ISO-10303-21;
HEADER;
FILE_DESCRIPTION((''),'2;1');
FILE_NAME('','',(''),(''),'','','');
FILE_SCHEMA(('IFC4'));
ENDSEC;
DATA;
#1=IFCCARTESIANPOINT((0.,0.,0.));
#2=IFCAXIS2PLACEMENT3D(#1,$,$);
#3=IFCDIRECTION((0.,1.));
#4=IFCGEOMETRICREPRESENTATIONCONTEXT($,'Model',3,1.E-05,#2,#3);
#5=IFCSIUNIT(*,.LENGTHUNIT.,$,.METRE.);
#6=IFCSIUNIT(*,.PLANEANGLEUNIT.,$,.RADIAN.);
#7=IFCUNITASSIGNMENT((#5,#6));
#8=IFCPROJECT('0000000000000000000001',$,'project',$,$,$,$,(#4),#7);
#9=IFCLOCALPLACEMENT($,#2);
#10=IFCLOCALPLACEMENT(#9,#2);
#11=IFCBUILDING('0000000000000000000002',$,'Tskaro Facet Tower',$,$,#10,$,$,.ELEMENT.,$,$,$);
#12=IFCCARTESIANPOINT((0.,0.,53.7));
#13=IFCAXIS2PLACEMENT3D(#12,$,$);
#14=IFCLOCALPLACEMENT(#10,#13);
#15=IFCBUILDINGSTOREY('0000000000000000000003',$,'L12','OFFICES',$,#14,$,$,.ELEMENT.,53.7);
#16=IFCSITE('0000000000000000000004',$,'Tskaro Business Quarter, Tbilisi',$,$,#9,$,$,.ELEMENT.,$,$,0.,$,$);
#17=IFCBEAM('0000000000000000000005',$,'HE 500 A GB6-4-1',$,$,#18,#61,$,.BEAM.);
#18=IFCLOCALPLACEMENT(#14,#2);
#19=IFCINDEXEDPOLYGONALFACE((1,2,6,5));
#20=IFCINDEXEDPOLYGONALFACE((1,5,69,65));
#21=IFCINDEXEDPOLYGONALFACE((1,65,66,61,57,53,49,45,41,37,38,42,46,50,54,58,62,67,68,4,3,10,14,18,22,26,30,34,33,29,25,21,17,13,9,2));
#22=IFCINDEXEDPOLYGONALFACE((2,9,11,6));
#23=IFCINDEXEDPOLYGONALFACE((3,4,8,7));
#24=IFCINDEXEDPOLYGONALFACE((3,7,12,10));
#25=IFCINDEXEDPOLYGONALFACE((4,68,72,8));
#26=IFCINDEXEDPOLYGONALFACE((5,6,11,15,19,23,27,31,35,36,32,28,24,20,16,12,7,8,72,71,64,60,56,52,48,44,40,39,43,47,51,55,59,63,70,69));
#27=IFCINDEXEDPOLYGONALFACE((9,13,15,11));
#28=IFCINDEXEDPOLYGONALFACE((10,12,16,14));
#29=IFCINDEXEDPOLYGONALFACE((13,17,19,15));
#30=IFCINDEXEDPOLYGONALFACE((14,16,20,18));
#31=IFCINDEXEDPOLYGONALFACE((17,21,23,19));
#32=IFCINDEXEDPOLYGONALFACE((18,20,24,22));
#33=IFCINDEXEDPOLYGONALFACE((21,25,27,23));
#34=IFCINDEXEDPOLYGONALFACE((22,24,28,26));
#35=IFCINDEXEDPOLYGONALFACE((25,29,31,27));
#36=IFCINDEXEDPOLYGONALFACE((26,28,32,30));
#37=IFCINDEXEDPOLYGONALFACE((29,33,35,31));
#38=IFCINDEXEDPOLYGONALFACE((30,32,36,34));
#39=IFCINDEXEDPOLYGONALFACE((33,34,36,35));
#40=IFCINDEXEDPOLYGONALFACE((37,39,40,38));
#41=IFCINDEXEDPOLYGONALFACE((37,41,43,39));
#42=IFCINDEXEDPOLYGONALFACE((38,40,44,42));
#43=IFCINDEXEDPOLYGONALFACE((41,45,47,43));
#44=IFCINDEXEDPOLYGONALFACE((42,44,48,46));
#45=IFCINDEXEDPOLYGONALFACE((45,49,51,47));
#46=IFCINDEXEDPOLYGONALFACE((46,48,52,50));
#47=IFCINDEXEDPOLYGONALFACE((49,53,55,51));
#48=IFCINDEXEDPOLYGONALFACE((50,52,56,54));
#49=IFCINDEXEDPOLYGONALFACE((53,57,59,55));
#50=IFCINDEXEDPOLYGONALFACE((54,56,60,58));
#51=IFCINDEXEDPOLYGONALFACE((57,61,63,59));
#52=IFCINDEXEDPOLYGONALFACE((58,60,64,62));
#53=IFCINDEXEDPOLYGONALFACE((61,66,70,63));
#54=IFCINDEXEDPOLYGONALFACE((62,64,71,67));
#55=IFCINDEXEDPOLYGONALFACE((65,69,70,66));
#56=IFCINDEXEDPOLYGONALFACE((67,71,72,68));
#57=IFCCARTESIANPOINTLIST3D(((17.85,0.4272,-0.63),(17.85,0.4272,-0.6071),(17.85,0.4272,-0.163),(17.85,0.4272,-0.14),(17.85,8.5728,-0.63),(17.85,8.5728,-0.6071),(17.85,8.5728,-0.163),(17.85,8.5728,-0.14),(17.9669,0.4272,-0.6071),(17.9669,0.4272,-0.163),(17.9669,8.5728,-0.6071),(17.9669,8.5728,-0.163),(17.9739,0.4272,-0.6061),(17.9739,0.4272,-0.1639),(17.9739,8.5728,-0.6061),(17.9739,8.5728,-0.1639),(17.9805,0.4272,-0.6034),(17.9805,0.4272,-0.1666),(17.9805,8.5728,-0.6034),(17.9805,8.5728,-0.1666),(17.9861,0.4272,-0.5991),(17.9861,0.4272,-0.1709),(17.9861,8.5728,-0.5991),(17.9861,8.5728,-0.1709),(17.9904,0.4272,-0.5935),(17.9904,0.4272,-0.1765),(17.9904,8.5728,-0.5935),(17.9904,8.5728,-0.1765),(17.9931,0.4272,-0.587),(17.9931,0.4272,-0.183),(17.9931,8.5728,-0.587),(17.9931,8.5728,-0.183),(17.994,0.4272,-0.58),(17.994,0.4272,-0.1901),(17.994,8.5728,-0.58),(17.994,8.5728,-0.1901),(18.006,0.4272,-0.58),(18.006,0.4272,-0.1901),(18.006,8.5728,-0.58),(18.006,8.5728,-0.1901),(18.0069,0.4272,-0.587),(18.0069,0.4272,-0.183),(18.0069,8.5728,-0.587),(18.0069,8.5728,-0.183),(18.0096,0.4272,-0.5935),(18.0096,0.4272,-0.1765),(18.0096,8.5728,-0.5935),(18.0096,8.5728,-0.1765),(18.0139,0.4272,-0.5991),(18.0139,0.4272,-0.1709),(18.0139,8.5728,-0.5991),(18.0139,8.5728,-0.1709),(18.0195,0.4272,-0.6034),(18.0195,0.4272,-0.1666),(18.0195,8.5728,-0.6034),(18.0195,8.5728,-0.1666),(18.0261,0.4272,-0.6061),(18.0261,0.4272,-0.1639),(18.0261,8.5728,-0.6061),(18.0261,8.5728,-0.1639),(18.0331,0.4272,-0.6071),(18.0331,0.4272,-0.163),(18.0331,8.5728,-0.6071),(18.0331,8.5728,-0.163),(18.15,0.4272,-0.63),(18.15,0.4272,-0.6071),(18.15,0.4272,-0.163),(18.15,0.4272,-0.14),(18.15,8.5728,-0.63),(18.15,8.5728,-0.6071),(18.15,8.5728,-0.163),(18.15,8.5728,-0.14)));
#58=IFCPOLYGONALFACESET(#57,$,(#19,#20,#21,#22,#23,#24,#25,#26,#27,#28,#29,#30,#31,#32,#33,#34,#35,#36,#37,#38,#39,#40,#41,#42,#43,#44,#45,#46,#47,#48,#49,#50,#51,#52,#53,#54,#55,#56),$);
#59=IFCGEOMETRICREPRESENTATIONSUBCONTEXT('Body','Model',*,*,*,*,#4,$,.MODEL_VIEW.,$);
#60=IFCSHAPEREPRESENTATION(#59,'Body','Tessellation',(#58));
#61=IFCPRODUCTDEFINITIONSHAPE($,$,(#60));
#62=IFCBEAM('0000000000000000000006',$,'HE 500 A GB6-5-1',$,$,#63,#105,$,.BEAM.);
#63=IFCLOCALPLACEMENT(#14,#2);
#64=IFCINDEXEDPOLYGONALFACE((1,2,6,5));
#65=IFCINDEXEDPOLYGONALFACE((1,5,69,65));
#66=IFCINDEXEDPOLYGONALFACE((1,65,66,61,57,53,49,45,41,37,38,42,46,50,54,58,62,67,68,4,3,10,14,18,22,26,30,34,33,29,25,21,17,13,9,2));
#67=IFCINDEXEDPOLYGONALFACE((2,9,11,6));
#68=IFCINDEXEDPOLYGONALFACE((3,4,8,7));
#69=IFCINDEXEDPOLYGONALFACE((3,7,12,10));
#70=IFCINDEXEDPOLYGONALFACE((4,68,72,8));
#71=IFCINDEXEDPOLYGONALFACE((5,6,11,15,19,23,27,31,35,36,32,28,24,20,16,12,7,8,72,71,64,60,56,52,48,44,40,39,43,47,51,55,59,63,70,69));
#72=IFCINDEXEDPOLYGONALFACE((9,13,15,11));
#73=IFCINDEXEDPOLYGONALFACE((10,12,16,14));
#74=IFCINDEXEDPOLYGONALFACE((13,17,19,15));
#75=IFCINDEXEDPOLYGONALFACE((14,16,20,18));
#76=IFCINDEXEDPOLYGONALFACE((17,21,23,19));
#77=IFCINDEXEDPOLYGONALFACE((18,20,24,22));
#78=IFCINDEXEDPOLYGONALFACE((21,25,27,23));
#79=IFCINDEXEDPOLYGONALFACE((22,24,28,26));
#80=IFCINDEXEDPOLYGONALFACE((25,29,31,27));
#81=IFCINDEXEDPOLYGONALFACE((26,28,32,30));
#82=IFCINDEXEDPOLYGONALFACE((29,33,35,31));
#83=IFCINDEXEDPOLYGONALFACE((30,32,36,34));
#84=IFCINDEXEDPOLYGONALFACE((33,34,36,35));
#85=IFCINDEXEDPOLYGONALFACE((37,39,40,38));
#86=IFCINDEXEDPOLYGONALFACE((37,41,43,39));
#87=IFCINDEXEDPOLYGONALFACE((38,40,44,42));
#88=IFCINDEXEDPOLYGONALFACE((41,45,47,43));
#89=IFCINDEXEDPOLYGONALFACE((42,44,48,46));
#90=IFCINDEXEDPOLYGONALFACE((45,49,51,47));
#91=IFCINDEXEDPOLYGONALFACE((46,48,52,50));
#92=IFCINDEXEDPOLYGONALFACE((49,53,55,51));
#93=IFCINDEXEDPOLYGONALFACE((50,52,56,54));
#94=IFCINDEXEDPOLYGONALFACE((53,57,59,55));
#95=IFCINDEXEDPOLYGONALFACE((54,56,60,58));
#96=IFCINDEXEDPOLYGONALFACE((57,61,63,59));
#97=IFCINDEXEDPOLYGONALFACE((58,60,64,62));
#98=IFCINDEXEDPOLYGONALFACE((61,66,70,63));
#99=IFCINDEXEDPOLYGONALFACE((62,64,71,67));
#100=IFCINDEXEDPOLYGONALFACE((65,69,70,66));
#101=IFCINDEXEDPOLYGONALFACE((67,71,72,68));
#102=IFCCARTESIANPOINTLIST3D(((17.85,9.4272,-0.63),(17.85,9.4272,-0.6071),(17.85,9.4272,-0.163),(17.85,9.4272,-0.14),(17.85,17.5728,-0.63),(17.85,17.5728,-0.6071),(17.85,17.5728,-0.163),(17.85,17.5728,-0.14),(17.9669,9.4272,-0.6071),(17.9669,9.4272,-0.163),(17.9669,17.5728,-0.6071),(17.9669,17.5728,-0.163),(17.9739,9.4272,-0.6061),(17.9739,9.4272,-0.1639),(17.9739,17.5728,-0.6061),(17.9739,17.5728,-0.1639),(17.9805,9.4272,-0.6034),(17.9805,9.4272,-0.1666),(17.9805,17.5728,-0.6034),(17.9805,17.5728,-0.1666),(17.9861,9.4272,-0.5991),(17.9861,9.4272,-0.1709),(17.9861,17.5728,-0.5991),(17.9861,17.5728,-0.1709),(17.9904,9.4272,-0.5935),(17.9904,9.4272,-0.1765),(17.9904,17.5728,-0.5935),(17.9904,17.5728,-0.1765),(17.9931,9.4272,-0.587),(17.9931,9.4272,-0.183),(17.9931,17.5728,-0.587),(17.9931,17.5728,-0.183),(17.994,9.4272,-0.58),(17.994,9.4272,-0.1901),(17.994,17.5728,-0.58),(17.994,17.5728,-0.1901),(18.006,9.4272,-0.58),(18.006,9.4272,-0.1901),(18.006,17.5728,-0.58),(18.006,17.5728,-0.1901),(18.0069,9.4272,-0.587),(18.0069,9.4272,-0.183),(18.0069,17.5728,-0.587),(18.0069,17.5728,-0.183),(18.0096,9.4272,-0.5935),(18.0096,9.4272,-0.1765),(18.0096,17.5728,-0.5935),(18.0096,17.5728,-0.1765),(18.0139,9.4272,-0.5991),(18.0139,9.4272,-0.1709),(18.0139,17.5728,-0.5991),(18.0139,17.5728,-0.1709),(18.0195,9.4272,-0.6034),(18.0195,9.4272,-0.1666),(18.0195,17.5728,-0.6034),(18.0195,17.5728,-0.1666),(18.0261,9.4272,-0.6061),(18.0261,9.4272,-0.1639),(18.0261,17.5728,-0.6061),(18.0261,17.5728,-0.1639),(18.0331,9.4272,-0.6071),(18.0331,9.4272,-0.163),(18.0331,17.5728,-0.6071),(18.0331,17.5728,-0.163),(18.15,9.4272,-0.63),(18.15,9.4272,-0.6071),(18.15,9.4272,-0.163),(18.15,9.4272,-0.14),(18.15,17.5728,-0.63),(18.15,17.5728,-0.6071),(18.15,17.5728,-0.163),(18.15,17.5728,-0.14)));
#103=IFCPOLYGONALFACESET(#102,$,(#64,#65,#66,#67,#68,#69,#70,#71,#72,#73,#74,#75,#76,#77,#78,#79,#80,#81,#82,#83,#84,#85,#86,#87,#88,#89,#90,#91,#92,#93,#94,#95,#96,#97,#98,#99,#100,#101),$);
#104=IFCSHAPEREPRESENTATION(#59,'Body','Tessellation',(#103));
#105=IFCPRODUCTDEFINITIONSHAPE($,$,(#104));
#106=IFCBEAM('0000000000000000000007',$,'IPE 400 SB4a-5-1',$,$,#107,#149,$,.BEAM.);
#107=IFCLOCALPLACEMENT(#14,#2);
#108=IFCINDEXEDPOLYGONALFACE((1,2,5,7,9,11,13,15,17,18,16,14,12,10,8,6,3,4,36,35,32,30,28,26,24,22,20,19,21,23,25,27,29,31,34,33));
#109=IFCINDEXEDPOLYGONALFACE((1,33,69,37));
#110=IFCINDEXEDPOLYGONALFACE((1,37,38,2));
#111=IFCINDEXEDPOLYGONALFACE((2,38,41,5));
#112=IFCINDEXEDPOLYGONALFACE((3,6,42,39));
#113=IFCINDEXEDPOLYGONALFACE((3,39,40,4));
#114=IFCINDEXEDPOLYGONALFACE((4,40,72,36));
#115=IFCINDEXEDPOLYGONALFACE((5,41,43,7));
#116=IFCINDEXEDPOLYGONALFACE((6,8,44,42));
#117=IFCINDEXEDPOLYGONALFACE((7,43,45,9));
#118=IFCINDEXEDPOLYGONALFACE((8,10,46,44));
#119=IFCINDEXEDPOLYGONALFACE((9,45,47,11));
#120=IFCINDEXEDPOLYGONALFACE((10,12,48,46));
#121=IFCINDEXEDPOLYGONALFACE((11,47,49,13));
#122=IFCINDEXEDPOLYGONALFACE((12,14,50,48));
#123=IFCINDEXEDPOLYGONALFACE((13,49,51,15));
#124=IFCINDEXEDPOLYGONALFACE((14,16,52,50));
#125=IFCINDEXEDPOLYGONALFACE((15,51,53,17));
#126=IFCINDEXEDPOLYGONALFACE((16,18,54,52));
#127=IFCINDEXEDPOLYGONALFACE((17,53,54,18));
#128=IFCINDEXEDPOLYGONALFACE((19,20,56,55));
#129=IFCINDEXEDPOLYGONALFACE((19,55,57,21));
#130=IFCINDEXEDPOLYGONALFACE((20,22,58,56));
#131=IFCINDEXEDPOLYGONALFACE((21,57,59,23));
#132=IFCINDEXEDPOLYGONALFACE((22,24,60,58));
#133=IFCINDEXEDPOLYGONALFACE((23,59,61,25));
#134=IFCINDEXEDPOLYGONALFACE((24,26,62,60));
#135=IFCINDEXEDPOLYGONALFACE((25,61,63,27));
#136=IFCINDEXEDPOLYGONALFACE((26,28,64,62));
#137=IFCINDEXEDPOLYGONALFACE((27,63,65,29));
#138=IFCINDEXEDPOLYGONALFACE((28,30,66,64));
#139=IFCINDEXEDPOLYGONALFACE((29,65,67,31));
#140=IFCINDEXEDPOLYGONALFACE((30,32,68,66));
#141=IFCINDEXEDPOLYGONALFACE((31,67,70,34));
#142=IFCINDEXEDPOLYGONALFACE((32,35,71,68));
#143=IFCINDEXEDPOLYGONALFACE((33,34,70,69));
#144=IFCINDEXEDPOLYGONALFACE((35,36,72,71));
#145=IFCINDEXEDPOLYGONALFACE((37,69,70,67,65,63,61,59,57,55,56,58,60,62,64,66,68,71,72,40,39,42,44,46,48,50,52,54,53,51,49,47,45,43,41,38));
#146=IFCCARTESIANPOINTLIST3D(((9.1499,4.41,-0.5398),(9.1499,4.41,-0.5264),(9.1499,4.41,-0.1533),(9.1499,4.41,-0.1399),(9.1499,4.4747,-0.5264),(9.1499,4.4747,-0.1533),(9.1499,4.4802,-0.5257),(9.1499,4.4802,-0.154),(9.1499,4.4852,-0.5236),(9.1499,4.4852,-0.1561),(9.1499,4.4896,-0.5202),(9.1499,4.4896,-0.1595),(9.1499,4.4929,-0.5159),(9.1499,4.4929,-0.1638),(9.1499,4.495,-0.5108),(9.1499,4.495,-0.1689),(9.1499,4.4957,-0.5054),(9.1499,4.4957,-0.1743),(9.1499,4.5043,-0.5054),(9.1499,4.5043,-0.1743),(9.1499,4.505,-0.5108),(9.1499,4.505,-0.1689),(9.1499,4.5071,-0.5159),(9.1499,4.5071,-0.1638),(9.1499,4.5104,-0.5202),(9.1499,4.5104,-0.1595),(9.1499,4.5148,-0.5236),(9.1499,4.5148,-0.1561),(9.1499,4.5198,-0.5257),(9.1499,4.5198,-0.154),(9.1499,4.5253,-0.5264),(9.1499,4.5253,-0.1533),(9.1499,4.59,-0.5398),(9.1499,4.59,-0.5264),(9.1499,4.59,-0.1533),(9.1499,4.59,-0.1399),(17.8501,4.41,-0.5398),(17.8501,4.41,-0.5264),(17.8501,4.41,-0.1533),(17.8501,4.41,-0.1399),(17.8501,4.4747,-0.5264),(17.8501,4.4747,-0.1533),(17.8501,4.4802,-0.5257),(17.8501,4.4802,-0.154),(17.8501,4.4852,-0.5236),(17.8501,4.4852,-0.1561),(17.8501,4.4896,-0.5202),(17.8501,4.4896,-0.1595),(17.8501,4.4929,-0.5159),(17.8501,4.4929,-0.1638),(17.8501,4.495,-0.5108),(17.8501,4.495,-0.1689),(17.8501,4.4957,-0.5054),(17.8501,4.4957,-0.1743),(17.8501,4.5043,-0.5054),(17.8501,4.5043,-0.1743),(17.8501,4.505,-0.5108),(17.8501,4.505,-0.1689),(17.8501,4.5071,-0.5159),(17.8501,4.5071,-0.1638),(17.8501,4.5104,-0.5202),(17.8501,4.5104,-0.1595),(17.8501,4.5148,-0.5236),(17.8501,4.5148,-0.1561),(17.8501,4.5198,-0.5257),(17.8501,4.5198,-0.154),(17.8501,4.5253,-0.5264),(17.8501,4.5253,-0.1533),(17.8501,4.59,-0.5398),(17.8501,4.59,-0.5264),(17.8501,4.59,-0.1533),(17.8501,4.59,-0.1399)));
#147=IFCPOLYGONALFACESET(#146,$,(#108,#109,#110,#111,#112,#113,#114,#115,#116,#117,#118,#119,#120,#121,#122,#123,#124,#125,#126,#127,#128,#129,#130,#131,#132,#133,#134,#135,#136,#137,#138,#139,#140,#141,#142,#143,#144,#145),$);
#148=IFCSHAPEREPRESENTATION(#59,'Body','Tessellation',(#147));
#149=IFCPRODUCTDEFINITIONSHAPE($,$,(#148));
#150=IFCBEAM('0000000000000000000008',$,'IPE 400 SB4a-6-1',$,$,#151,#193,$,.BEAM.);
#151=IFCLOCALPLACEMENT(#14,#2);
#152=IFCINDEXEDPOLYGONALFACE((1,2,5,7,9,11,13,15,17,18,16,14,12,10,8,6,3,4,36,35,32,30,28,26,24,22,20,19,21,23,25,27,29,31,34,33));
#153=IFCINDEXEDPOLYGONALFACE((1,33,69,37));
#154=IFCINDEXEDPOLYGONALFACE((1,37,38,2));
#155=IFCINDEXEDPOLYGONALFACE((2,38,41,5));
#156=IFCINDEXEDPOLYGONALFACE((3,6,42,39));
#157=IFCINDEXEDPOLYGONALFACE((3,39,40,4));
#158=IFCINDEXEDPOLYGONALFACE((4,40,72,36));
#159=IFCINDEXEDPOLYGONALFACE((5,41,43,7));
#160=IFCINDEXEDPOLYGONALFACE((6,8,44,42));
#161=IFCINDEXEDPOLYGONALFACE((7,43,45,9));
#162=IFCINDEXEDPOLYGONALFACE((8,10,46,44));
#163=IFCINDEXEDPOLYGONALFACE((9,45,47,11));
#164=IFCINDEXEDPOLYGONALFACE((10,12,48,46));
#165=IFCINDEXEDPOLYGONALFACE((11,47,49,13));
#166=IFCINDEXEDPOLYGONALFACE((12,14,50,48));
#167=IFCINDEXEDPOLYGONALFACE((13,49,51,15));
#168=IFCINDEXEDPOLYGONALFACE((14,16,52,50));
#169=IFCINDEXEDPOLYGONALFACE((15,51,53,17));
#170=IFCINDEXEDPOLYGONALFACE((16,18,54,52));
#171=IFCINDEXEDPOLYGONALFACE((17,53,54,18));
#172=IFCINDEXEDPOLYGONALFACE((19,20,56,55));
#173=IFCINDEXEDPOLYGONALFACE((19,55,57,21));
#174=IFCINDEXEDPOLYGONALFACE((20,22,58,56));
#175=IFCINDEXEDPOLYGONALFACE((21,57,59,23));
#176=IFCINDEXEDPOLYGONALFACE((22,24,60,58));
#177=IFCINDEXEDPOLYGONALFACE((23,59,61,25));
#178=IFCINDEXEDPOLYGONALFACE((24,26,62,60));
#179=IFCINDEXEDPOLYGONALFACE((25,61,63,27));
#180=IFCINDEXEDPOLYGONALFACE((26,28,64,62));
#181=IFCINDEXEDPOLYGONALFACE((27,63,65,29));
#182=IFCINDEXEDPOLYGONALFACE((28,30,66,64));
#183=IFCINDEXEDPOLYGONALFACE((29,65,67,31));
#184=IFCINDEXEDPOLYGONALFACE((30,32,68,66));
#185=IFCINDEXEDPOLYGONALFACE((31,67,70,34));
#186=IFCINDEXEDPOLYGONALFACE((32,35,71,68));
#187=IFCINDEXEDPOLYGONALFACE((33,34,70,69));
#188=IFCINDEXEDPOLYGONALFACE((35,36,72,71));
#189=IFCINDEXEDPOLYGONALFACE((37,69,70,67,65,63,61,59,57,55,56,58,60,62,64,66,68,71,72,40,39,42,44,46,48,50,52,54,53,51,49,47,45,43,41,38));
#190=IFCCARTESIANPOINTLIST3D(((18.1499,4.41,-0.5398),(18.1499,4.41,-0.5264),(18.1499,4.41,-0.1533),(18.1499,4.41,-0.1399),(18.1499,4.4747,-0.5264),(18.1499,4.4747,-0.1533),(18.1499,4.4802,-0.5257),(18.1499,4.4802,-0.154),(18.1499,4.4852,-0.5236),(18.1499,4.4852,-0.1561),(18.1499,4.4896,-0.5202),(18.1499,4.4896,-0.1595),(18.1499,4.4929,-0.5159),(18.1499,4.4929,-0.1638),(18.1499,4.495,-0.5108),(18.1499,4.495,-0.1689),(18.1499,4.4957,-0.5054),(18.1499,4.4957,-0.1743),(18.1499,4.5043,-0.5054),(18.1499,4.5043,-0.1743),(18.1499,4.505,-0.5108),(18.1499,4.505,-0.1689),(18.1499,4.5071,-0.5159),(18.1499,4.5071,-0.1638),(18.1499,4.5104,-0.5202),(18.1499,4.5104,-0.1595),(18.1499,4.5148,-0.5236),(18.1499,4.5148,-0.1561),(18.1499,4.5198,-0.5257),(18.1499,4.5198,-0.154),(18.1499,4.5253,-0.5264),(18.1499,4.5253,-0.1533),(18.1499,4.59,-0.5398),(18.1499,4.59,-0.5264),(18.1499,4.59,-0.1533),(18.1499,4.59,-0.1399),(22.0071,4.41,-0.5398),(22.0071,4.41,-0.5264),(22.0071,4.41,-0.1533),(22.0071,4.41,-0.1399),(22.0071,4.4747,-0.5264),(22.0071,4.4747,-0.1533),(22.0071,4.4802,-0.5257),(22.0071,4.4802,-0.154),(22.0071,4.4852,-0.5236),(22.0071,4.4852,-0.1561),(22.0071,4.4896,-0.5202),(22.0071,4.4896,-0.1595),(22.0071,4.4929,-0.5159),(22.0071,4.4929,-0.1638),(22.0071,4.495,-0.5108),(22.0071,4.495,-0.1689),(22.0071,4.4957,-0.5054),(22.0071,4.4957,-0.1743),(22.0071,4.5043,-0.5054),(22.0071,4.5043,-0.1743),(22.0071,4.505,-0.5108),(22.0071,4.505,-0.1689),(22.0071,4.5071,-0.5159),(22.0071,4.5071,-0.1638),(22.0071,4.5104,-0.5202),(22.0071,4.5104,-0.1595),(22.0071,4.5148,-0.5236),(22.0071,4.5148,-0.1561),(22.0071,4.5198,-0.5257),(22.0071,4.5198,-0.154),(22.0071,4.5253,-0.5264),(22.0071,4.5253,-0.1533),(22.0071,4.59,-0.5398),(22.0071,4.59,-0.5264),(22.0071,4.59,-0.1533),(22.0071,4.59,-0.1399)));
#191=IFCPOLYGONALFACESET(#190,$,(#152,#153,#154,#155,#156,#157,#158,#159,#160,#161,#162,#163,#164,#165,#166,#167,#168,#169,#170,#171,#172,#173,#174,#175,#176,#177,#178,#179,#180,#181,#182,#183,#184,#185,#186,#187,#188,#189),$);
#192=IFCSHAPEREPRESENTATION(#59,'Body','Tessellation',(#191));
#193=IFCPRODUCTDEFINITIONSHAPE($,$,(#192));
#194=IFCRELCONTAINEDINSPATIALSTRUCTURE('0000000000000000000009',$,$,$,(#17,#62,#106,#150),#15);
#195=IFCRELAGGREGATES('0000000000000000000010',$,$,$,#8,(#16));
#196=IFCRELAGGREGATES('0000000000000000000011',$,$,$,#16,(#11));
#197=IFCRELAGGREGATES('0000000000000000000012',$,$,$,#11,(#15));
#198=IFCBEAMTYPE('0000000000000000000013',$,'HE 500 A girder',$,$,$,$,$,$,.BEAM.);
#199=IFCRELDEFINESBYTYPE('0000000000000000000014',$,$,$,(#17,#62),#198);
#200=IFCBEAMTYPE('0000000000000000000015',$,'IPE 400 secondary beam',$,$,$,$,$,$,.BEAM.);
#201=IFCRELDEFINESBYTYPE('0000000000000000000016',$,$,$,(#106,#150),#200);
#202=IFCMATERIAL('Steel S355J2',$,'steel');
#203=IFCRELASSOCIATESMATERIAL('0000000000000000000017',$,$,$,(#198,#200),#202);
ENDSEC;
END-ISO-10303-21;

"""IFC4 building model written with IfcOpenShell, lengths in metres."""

from ifc_helpers import new_model, si_unit, direction, frame, origin, origin_2d, place, context, subcontext, project, spatial, i_section, extrude, material, material_profile, profile_set, type_object, element, save


model = new_model("IFC4")

# Units and contexts
model_context = context("Model", 3, precision=1e-05, world=origin(), true_north=direction((0.0, 1.0)))
body_context = subcontext(model_context, "Body", "Model", "MODEL_VIEW")
ifc_project = project(units=[si_unit("LENGTHUNIT", "METRE"), si_unit("PLANEANGLEUNIT", "RADIAN")], contexts=[model_context])

# Site, building, storey
site_placement = place(None, origin())
site = spatial("IfcSite", under=ifc_project, at=site_placement, Name="Tskaro Business Quarter, Tbilisi", CompositionType="ELEMENT", RefElevation=0.0)
building_placement = place(site_placement, origin())
building = spatial("IfcBuilding", under=site, at=building_placement, Name="Tskaro Facet Tower", CompositionType="ELEMENT")
storey_placement = place(building_placement, frame((0.0, 0.0, 53.7)))
storey = spatial("IfcBuildingStorey", under=building, at=storey_placement, Name="L12", Description="OFFICES", CompositionType="ELEMENT", Elevation=53.7)

# Beams
ifc_material_1 = material(Name="Steel S355J2", Category="steel")
ifc_material_profile_1 = material_profile(ifc_material_1, i_section(OverallWidth=0.3, OverallDepth=0.49, WebThickness=0.012, FlangeThickness=0.0229, FilletRadius=0.0271, at=origin_2d()), Name="HE 500 A")
ifc_profile_set_1 = profile_set([ifc_material_profile_1], Name="Steel S355J2")
beam_type_1 = type_object("IfcBeamType", Name="HE 500 A girder", PredefinedType="BEAM", material=ifc_profile_set_1)
for number, where, z_axis, x_axis, name in (
    (1, (18.0, 0.4272, -0.385), (0.0, 1.0, 0.0), (-1.0, 0.0, 0.0), "HE 500 A GB6-4-1"),
    (2, (18.0, 9.4272, -0.385), (0.0, 1.0, 0.0), (-1.0, 0.0, 0.0), "HE 500 A GB6-5-1"),
):
    element("IfcBeam", number, at=place(storey_placement, frame(where, z_axis=z_axis, x_axis=x_axis)), inside=storey, type_object=beam_type_1, Name=name, PredefinedType="BEAM", context=body_context, shape_type="SweptSolid", body=[
        extrude(i_section(OverallWidth=0.3, OverallDepth=0.49, WebThickness=0.012, FlangeThickness=0.0229, FilletRadius=0.0271, at=origin_2d()), origin(), (0.0, 0.0, 1.0), 8.1455),
    ])
ifc_material_profile_2 = material_profile(ifc_material_1, i_section(OverallWidth=0.1799, OverallDepth=0.3999, WebThickness=0.0085, FlangeThickness=0.0134, FilletRadius=0.021, at=origin_2d()), Name="IPE 400")
ifc_profile_set_2 = profile_set([ifc_material_profile_2], Name="Steel S355J2")
beam_type_2 = type_object("IfcBeamType", Name="IPE 400 secondary beam", PredefinedType="BEAM", material=ifc_profile_set_2)
beam_1_placement = place(storey_placement, frame((9.1499, 4.5, -0.3398), z_axis=(1.0, 0.0, 0.0), x_axis=(0.0, 1.0, 0.0)))
element("IfcBeam", 3, at=beam_1_placement, inside=storey, type_object=beam_type_2, Name="IPE 400 SB4a-5-1", PredefinedType="BEAM", context=body_context, shape_type="SweptSolid", body=[
    extrude(i_section(OverallWidth=0.1799, OverallDepth=0.3999, WebThickness=0.0085, FlangeThickness=0.0134, FilletRadius=0.021, at=origin_2d()), origin(), (0.0, 0.0, 1.0), 8.7002),
])
beam_2_placement = place(storey_placement, frame((18.1499, 4.5, -0.3398), z_axis=(1.0, 0.0, 0.0), x_axis=(0.0, 1.0, 0.0)))
element("IfcBeam", 4, at=beam_2_placement, inside=storey, type_object=beam_type_2, Name="IPE 400 SB4a-6-1", PredefinedType="BEAM", context=body_context, shape_type="SweptSolid", body=[
    extrude(i_section(OverallWidth=0.1799, OverallDepth=0.3999, WebThickness=0.0085, FlangeThickness=0.0134, FilletRadius=0.021, at=origin_2d()), origin(), (0.0, 0.0, 1.0), 3.8572),
])

save(model, "model.ifc")
